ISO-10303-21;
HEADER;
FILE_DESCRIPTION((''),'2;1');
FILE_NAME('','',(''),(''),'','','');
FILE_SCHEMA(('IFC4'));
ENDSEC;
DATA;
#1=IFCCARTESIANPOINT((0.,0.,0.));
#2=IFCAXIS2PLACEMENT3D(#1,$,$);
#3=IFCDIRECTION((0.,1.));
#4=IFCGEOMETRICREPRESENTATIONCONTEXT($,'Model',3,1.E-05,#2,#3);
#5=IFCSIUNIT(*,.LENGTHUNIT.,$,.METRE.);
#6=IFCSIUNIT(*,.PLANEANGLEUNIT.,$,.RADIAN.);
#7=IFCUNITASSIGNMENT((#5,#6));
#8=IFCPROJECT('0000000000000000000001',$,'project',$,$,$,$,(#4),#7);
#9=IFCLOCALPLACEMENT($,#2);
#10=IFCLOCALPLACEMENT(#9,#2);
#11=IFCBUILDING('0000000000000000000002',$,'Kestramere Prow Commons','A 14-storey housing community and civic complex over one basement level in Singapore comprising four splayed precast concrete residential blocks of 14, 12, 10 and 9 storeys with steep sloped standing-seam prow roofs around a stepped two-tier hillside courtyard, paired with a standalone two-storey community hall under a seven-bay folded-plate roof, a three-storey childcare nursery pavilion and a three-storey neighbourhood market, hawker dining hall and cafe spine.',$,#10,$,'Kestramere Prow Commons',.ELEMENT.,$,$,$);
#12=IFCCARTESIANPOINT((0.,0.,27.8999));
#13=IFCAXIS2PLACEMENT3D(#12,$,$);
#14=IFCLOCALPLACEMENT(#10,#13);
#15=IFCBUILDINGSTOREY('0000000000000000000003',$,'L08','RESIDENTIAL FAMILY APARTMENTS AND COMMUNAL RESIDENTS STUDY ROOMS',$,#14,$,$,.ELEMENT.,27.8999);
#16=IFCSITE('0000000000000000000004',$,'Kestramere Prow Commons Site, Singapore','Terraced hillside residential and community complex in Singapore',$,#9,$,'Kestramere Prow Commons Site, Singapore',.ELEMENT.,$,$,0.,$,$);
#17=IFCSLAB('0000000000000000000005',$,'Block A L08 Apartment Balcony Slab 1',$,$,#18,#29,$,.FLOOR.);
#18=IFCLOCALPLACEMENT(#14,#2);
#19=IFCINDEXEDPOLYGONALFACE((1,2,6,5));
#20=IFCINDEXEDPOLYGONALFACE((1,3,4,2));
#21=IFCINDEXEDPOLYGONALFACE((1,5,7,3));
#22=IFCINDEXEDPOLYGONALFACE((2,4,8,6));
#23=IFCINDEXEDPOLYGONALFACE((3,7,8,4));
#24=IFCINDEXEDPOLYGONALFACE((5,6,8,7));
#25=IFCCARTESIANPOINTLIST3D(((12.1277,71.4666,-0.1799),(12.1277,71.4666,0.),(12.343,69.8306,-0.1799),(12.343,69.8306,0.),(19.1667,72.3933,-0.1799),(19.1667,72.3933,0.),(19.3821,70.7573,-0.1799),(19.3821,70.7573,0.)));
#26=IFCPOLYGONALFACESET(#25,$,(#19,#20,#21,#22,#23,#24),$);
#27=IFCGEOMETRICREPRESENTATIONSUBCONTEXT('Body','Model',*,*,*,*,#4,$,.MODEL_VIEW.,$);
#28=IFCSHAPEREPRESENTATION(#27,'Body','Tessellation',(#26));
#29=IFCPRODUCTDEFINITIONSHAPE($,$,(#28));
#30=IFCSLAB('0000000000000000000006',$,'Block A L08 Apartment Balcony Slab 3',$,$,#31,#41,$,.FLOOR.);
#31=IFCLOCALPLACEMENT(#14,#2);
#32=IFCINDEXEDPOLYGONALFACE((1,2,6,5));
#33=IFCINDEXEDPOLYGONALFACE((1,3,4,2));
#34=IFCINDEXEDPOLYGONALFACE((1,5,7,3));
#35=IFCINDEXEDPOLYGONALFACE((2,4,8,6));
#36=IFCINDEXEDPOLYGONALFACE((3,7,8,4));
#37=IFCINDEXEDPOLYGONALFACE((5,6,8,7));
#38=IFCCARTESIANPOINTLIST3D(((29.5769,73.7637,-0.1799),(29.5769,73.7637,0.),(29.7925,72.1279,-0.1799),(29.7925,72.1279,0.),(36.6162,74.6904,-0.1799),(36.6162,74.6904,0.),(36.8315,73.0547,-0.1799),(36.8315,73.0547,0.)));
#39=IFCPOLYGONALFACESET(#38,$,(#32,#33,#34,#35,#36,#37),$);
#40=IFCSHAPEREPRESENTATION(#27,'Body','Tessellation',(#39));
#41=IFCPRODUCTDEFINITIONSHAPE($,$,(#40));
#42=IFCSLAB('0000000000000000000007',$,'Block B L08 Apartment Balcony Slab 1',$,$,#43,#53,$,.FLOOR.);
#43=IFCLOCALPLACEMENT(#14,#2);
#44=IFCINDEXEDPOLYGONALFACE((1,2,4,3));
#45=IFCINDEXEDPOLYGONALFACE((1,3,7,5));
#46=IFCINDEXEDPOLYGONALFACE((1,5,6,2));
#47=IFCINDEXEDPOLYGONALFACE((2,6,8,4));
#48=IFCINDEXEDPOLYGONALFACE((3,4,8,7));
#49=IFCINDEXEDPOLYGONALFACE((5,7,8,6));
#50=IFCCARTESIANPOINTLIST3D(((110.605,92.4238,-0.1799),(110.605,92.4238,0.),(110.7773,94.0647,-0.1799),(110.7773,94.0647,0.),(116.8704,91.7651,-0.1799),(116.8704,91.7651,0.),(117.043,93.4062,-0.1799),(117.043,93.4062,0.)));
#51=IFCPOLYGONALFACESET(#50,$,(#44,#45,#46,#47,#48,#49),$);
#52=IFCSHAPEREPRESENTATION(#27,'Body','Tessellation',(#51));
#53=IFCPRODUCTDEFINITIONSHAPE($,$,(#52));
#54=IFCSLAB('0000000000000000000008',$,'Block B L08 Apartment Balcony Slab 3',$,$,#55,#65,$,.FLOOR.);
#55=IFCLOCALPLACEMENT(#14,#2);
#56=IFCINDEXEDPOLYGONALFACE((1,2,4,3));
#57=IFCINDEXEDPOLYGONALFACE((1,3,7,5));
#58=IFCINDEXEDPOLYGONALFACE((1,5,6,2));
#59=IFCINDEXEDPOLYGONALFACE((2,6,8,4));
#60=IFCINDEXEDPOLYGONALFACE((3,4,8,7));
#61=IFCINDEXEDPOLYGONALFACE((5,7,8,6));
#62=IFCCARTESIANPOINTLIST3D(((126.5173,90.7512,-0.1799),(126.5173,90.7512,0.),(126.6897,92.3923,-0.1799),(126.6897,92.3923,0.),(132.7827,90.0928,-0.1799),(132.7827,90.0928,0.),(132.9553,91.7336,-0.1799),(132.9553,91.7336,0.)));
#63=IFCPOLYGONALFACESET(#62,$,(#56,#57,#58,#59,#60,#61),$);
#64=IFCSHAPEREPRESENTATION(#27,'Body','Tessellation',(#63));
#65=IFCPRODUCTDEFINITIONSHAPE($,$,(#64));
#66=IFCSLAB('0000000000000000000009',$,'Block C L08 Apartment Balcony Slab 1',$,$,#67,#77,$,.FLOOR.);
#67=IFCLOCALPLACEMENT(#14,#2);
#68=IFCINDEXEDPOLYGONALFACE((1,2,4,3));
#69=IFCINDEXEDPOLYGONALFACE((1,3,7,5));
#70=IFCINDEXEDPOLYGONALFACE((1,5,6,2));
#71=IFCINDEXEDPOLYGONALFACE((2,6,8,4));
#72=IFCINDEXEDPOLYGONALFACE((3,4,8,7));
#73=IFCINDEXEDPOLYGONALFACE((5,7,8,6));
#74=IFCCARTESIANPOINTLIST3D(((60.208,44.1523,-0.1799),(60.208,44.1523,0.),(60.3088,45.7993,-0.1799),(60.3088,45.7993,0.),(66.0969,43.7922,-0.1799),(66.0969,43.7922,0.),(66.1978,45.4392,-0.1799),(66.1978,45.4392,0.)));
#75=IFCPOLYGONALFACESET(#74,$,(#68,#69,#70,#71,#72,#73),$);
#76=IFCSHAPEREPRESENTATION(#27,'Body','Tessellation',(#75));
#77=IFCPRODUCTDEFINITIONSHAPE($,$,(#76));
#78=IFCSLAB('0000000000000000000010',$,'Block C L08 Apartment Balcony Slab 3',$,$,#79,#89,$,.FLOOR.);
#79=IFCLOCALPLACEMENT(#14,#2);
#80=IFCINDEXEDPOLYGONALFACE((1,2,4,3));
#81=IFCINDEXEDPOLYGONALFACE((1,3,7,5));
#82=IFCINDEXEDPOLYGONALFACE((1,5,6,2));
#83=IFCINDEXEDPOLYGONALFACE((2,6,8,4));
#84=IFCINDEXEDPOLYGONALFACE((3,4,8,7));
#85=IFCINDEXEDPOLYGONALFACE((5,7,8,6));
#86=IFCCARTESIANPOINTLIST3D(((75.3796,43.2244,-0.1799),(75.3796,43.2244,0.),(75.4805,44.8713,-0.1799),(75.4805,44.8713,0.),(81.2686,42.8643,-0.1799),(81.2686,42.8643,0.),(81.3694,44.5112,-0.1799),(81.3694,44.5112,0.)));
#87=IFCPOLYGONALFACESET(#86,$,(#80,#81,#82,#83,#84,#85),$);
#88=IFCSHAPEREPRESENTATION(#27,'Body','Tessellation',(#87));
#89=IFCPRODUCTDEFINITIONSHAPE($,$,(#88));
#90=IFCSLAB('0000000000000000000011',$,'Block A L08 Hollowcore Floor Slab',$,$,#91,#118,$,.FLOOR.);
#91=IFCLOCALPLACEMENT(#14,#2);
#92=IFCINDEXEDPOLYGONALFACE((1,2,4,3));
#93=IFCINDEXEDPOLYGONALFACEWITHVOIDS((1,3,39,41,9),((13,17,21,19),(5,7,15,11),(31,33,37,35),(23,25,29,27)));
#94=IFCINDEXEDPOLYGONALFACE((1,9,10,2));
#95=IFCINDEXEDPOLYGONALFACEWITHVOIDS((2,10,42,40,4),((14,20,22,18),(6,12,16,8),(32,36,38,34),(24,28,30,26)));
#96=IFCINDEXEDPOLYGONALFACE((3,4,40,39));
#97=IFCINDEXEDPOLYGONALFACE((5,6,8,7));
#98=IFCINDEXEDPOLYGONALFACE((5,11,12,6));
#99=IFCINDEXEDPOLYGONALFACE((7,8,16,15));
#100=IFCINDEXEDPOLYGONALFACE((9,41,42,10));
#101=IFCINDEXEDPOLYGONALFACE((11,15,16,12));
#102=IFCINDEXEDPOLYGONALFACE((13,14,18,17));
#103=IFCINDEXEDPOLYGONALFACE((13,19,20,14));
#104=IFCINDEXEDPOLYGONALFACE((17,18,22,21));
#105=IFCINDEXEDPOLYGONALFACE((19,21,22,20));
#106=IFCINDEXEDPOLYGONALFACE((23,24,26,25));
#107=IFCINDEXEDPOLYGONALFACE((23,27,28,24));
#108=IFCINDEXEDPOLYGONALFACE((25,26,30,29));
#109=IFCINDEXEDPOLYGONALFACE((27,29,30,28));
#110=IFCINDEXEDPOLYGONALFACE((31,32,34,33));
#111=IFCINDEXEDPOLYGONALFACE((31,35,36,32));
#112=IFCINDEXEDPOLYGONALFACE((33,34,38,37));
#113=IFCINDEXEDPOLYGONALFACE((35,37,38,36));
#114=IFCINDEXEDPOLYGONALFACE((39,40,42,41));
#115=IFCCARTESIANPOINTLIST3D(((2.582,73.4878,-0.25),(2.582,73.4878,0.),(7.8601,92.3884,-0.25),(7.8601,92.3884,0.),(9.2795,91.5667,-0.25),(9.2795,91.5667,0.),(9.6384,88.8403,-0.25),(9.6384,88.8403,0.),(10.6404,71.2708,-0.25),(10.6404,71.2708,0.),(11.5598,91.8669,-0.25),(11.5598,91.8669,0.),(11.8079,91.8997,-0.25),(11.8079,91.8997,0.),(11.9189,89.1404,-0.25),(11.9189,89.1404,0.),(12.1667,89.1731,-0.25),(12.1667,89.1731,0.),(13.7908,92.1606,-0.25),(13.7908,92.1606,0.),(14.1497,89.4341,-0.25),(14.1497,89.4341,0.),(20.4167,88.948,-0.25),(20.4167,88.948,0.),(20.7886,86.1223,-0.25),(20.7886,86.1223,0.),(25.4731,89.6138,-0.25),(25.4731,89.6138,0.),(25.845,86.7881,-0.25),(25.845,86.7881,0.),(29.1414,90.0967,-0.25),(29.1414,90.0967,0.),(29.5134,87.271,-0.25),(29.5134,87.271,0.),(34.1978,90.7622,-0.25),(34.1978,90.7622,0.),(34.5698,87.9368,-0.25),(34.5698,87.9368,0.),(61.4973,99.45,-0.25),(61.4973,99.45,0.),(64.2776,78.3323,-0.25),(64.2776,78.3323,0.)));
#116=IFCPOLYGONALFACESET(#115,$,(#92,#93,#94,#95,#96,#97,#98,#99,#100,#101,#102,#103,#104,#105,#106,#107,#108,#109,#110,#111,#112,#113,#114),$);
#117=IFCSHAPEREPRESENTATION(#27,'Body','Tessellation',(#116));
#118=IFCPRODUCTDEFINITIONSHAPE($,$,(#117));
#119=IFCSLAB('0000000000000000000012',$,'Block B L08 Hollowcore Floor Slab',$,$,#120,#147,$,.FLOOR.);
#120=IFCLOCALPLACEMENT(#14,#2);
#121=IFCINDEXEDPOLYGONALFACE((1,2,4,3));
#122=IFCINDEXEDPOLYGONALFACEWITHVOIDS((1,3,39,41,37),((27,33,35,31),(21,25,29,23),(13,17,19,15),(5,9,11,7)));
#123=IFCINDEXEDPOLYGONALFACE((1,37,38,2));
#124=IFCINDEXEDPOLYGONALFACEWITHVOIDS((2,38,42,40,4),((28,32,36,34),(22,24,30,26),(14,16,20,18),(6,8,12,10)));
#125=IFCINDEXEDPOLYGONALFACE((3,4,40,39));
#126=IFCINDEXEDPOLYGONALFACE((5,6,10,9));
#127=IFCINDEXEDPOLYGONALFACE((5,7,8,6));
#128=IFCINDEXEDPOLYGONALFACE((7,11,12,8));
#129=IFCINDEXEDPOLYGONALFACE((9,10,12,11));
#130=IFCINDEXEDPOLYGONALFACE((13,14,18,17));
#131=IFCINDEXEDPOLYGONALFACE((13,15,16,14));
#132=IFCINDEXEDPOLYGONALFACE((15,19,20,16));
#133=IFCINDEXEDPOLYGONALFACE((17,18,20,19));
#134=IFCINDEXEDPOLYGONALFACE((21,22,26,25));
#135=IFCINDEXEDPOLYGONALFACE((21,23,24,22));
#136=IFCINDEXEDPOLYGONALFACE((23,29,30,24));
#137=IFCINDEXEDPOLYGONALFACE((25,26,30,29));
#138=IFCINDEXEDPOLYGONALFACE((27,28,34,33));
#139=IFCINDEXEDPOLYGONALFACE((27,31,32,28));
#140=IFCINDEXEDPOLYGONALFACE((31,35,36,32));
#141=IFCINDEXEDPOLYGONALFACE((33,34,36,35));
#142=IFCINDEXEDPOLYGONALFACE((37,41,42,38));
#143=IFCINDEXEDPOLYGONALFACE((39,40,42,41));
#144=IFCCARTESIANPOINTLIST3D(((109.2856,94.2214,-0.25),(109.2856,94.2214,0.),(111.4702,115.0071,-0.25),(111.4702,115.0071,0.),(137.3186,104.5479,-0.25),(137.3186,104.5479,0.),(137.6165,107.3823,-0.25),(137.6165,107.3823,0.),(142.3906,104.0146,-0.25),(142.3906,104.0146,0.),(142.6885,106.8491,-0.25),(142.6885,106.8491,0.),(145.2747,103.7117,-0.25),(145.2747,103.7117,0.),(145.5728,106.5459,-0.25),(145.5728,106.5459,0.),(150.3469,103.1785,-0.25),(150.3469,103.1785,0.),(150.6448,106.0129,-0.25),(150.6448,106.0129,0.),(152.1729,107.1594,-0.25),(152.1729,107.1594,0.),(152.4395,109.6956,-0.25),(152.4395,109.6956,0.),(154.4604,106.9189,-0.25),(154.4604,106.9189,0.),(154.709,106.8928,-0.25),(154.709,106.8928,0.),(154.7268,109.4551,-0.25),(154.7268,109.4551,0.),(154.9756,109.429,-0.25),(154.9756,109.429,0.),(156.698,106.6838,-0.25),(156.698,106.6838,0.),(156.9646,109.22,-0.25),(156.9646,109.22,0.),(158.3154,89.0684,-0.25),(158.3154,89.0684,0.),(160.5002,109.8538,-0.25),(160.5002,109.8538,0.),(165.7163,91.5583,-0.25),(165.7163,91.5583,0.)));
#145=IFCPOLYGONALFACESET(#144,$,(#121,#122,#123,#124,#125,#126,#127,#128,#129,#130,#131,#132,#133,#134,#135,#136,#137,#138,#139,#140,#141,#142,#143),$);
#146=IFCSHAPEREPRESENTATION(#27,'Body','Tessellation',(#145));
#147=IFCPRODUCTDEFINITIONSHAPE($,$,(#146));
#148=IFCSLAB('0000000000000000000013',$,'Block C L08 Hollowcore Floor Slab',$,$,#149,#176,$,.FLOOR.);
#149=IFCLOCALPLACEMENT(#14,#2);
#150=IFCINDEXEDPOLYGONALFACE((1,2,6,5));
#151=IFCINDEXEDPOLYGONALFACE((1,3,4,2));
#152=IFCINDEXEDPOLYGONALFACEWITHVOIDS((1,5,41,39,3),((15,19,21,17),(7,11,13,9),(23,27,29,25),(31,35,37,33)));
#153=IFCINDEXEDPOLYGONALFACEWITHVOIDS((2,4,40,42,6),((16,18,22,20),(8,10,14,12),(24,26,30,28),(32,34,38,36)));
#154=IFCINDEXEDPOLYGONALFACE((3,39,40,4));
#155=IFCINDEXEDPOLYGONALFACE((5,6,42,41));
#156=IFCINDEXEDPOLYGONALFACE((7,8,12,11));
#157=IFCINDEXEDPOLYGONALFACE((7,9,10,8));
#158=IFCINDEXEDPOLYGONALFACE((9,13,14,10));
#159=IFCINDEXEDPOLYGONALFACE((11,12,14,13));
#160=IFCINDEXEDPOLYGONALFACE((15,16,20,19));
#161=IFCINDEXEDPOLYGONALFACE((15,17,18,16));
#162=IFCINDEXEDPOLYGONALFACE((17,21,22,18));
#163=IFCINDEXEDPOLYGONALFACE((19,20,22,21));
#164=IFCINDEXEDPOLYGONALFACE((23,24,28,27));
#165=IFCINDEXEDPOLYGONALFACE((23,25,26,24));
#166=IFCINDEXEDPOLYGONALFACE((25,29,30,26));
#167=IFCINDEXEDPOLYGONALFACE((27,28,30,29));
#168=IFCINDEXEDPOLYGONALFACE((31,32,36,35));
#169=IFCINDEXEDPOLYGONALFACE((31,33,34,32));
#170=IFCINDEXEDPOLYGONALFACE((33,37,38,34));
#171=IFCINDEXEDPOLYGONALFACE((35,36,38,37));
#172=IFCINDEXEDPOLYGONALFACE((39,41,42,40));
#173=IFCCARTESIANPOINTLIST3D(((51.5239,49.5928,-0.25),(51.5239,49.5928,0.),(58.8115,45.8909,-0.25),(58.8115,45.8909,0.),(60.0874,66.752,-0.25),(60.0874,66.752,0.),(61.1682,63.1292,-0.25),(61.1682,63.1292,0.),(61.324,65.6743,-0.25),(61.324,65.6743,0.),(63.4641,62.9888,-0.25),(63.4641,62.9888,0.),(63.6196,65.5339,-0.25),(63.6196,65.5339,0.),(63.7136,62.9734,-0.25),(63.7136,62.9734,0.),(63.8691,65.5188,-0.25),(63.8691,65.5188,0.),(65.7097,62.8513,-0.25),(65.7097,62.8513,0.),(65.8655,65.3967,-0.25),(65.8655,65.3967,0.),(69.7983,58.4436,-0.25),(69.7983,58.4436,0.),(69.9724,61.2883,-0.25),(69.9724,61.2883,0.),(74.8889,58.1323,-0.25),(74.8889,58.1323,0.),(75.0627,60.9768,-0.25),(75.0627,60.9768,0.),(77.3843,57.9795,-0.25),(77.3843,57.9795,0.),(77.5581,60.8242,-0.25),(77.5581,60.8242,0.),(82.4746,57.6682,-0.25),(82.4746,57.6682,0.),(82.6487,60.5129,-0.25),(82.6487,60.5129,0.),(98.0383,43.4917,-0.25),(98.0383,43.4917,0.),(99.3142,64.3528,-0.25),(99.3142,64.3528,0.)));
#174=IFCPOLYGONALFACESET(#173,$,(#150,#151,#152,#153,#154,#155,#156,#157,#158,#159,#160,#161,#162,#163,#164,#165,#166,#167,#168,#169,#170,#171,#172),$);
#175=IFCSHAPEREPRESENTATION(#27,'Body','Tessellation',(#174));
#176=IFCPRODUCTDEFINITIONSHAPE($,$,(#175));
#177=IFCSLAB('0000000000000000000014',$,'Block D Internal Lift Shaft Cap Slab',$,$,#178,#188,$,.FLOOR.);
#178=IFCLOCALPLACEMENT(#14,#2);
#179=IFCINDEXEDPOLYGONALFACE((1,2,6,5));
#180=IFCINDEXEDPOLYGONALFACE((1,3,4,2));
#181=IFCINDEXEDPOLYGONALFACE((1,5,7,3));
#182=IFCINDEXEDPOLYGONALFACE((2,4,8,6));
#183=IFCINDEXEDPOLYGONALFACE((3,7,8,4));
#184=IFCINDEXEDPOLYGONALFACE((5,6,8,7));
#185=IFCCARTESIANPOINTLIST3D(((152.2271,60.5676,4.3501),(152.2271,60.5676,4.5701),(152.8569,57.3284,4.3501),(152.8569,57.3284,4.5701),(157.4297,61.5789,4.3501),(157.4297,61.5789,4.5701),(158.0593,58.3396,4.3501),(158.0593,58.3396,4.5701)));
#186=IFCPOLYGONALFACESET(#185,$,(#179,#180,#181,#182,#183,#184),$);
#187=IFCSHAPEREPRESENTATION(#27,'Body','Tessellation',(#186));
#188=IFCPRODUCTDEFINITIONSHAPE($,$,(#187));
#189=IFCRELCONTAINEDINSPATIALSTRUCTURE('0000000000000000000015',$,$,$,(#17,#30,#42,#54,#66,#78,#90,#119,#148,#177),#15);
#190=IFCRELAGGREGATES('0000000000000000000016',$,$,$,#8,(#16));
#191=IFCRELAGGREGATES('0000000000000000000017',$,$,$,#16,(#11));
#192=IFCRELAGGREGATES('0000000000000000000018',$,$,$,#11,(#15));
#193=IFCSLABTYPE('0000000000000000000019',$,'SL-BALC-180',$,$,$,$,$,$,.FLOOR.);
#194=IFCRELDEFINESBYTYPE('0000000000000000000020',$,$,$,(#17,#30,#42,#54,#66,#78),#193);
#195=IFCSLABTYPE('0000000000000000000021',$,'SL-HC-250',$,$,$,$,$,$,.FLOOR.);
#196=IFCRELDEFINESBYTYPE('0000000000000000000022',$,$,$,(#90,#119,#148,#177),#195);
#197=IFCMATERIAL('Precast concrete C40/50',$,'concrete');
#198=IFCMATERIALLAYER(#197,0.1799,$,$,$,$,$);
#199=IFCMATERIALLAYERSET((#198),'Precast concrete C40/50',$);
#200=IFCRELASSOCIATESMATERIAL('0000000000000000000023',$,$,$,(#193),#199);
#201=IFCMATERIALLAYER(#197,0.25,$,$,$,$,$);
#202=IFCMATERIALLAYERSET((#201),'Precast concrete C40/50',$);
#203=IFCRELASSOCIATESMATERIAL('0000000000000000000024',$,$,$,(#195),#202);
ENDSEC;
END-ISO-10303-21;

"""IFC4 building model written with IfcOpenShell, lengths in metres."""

from ifc_helpers import new_model, si_unit, direction, frame, origin, place, context, subcontext, project, spatial, polyline, outline, extrude, material, layer, layer_set, type_object, element, save


model = new_model("IFC4")

# Units and contexts
model_context = context("Model", 3, precision=1e-05, world=origin(), true_north=direction((0.0, 1.0)))
body_context = subcontext(model_context, "Body", "Model", "MODEL_VIEW")
ifc_project = project(units=[si_unit("LENGTHUNIT", "METRE"), si_unit("PLANEANGLEUNIT", "RADIAN")], contexts=[model_context])

# Site, building, storey
site_placement = place(None, origin())
site = spatial("IfcSite", under=ifc_project, at=site_placement, Name="Kestramere Prow Commons Site, Singapore", Description="Terraced hillside residential and community complex in Singapore", LongName="Kestramere Prow Commons Site, Singapore", CompositionType="ELEMENT", RefElevation=0.0)
building_placement = place(site_placement, origin())
building = spatial("IfcBuilding", under=site, at=building_placement, Name="Kestramere Prow Commons", Description="A 14-storey housing community and civic complex over one basement level in Singapore comprising four splayed precast concrete residential blocks of 14, 12, 10 and 9 storeys with steep sloped standing-seam prow roofs around a stepped two-tier hillside courtyard, paired with a standalone two-storey community hall under a seven-bay folded-plate roof, a three-storey childcare nursery pavilion and a three-storey neighbourhood market, hawker dining hall and cafe spine.", LongName="Kestramere Prow Commons", CompositionType="ELEMENT")
storey_placement = place(building_placement, frame((0.0, 0.0, 27.8999)))
storey = spatial("IfcBuildingStorey", under=building, at=storey_placement, Name="L08", Description="RESIDENTIAL FAMILY APARTMENTS AND COMMUNAL RESIDENTS STUDY ROOMS", CompositionType="ELEMENT", Elevation=27.8999)

# Slabs
ifc_material_1 = material(Name="Precast concrete C40/50", Category="concrete")
ifc_layer_1 = layer(ifc_material_1, 0.1799)
ifc_layer_set_1 = layer_set([ifc_layer_1], Name="Precast concrete C40/50")
slab_type_1 = type_object("IfcSlabType", Name="SL-BALC-180", PredefinedType="FLOOR", material=ifc_layer_set_1)
slab_1_placement = place(storey_placement, frame((0.0, 0.0, -0.1799)))
element("IfcSlab", 1, at=slab_1_placement, inside=storey, type_object=slab_type_1, Name="Block A L08 Apartment Balcony Slab 1", PredefinedType="FLOOR", context=body_context, shape_type="SweptSolid", body=[
    extrude(outline(polyline([(12.343, 69.8306), (19.3821, 70.7573), (19.1667, 72.3933), (12.1277, 71.4666), (12.343, 69.8306)])), origin(), (0.0, 0.0, 1.0), 0.1799),
])
slab_2_placement = place(storey_placement, frame((0.0, 0.0, -0.1799)))
element("IfcSlab", 2, at=slab_2_placement, inside=storey, type_object=slab_type_1, Name="Block A L08 Apartment Balcony Slab 3", PredefinedType="FLOOR", context=body_context, shape_type="SweptSolid", body=[
    extrude(outline(polyline([(29.7925, 72.1279), (36.8315, 73.0547), (36.6162, 74.6904), (29.5769, 73.7637), (29.7925, 72.1279)])), origin(), (0.0, 0.0, 1.0), 0.1799),
])
slab_3_placement = place(storey_placement, frame((0.0, 0.0, -0.1799)))
element("IfcSlab", 3, at=slab_3_placement, inside=storey, type_object=slab_type_1, Name="Block B L08 Apartment Balcony Slab 1", PredefinedType="FLOOR", context=body_context, shape_type="SweptSolid", body=[
    extrude(outline(polyline([(110.605, 92.4238), (116.8704, 91.7651), (117.043, 93.4062), (110.7773, 94.0647), (110.605, 92.4238)])), origin(), (0.0, 0.0, 1.0), 0.1799),
])
slab_4_placement = place(storey_placement, frame((0.0, 0.0, -0.1799)))
element("IfcSlab", 4, at=slab_4_placement, inside=storey, type_object=slab_type_1, Name="Block B L08 Apartment Balcony Slab 3", PredefinedType="FLOOR", context=body_context, shape_type="SweptSolid", body=[
    extrude(outline(polyline([(126.5173, 90.7512), (132.7827, 90.0928), (132.9553, 91.7336), (126.6897, 92.3923), (126.5173, 90.7512)])), origin(), (0.0, 0.0, 1.0), 0.1799),
])
slab_5_placement = place(storey_placement, frame((0.0, 0.0, -0.1799)))
element("IfcSlab", 5, at=slab_5_placement, inside=storey, type_object=slab_type_1, Name="Block C L08 Apartment Balcony Slab 1", PredefinedType="FLOOR", context=body_context, shape_type="SweptSolid", body=[
    extrude(outline(polyline([(60.208, 44.1523), (66.0969, 43.7922), (66.1978, 45.4392), (60.3088, 45.7993), (60.208, 44.1523)])), origin(), (0.0, 0.0, 1.0), 0.1799),
])
slab_6_placement = place(storey_placement, frame((0.0, 0.0, -0.1799)))
element("IfcSlab", 6, at=slab_6_placement, inside=storey, type_object=slab_type_1, Name="Block C L08 Apartment Balcony Slab 3", PredefinedType="FLOOR", context=body_context, shape_type="SweptSolid", body=[
    extrude(outline(polyline([(75.3796, 43.2244), (81.2686, 42.8643), (81.3694, 44.5112), (75.4805, 44.8713), (75.3796, 43.2244)])), origin(), (0.0, 0.0, 1.0), 0.1799),
])
ifc_layer_2 = layer(ifc_material_1, 0.25)
ifc_layer_set_2 = layer_set([ifc_layer_2], Name="Precast concrete C40/50")
slab_type_2 = type_object("IfcSlabType", Name="SL-HC-250", PredefinedType="FLOOR", material=ifc_layer_set_2)
slab_7_placement = place(storey_placement, frame((0.0, 0.0, -0.25)))
element("IfcSlab", 7, at=slab_7_placement, inside=storey, type_object=slab_type_2, Name="Block A L08 Hollowcore Floor Slab", PredefinedType="FLOOR", context=body_context, shape_type="SweptSolid", body=[
    extrude(outline(polyline([(2.582, 73.4878), (10.6404, 71.2708), (64.2776, 78.3323), (61.4973, 99.45), (7.8601, 92.3884), (2.582, 73.4878)]), holes=[polyline([(9.6384, 88.8403), (11.9189, 89.1404), (11.5598, 91.8669), (9.2795, 91.5667), (9.6384, 88.8403)]), polyline([(12.1667, 89.1731), (14.1497, 89.4341), (13.7908, 92.1606), (11.8079, 91.8997), (12.1667, 89.1731)]), polyline([(20.7886, 86.1223), (25.845, 86.7881), (25.4731, 89.6138), (20.4167, 88.948), (20.7886, 86.1223)]), polyline([(29.5134, 87.271), (34.5698, 87.9368), (34.1978, 90.7622), (29.1414, 90.0967), (29.5134, 87.271)])]), origin(), (0.0, 0.0, 1.0), 0.25),
])
slab_8_placement = place(storey_placement, frame((0.0, 0.0, -0.25)))
element("IfcSlab", 8, at=slab_8_placement, inside=storey, type_object=slab_type_2, Name="Block B L08 Hollowcore Floor Slab", PredefinedType="FLOOR", context=body_context, shape_type="SweptSolid", body=[
    extrude(outline(polyline([(109.2856, 94.2214), (158.3154, 89.0684), (165.7163, 91.5583), (160.5002, 109.8538), (111.4702, 115.0071), (109.2856, 94.2214)]), holes=[polyline([(152.1729, 107.1594), (154.4604, 106.9189), (154.7268, 109.4551), (152.4395, 109.6956), (152.1729, 107.1594)]), polyline([(154.709, 106.8928), (156.698, 106.6838), (156.9646, 109.22), (154.9756, 109.429), (154.709, 106.8928)]), polyline([(137.3186, 104.5479), (142.3906, 104.0146), (142.6885, 106.8491), (137.6165, 107.3823), (137.3186, 104.5479)]), polyline([(145.2747, 103.7117), (150.3469, 103.1785), (150.6448, 106.0129), (145.5728, 106.5459), (145.2747, 103.7117)])]), origin(), (0.0, 0.0, 1.0), 0.25),
])
slab_9_placement = place(storey_placement, frame((0.0, 0.0, -0.25)))
element("IfcSlab", 9, at=slab_9_placement, inside=storey, type_object=slab_type_2, Name="Block C L08 Hollowcore Floor Slab", PredefinedType="FLOOR", context=body_context, shape_type="SweptSolid", body=[
    extrude(outline(polyline([(51.5239, 49.5928), (58.8115, 45.8909), (98.0383, 43.4917), (99.3142, 64.3528), (60.0874, 66.752), (51.5239, 49.5928)]), holes=[polyline([(61.1682, 63.1292), (63.4641, 62.9888), (63.6196, 65.5339), (61.324, 65.6743), (61.1682, 63.1292)]), polyline([(63.7136, 62.9734), (65.7097, 62.8513), (65.8655, 65.3967), (63.8691, 65.5188), (63.7136, 62.9734)]), polyline([(69.7983, 58.4436), (74.8889, 58.1323), (75.0627, 60.9768), (69.9724, 61.2883), (69.7983, 58.4436)]), polyline([(77.3843, 57.9795), (82.4746, 57.6682), (82.6487, 60.5129), (77.5581, 60.8242), (77.3843, 57.9795)])]), origin(), (0.0, 0.0, 1.0), 0.25),
])
slab_10_placement = place(storey_placement, frame((0.0, 0.0, 4.3501)))
element("IfcSlab", 10, at=slab_10_placement, inside=storey, type_object=slab_type_2, Name="Block D Internal Lift Shaft Cap Slab", PredefinedType="FLOOR", context=body_context, shape_type="SweptSolid", body=[
    extrude(outline(polyline([(152.8569, 57.3284), (158.0593, 58.3396), (157.4297, 61.5789), (152.2271, 60.5676), (152.8569, 57.3284)])), origin(), (0.0, 0.0, 1.0), 0.22),
])

save(model, "model.ifc")
